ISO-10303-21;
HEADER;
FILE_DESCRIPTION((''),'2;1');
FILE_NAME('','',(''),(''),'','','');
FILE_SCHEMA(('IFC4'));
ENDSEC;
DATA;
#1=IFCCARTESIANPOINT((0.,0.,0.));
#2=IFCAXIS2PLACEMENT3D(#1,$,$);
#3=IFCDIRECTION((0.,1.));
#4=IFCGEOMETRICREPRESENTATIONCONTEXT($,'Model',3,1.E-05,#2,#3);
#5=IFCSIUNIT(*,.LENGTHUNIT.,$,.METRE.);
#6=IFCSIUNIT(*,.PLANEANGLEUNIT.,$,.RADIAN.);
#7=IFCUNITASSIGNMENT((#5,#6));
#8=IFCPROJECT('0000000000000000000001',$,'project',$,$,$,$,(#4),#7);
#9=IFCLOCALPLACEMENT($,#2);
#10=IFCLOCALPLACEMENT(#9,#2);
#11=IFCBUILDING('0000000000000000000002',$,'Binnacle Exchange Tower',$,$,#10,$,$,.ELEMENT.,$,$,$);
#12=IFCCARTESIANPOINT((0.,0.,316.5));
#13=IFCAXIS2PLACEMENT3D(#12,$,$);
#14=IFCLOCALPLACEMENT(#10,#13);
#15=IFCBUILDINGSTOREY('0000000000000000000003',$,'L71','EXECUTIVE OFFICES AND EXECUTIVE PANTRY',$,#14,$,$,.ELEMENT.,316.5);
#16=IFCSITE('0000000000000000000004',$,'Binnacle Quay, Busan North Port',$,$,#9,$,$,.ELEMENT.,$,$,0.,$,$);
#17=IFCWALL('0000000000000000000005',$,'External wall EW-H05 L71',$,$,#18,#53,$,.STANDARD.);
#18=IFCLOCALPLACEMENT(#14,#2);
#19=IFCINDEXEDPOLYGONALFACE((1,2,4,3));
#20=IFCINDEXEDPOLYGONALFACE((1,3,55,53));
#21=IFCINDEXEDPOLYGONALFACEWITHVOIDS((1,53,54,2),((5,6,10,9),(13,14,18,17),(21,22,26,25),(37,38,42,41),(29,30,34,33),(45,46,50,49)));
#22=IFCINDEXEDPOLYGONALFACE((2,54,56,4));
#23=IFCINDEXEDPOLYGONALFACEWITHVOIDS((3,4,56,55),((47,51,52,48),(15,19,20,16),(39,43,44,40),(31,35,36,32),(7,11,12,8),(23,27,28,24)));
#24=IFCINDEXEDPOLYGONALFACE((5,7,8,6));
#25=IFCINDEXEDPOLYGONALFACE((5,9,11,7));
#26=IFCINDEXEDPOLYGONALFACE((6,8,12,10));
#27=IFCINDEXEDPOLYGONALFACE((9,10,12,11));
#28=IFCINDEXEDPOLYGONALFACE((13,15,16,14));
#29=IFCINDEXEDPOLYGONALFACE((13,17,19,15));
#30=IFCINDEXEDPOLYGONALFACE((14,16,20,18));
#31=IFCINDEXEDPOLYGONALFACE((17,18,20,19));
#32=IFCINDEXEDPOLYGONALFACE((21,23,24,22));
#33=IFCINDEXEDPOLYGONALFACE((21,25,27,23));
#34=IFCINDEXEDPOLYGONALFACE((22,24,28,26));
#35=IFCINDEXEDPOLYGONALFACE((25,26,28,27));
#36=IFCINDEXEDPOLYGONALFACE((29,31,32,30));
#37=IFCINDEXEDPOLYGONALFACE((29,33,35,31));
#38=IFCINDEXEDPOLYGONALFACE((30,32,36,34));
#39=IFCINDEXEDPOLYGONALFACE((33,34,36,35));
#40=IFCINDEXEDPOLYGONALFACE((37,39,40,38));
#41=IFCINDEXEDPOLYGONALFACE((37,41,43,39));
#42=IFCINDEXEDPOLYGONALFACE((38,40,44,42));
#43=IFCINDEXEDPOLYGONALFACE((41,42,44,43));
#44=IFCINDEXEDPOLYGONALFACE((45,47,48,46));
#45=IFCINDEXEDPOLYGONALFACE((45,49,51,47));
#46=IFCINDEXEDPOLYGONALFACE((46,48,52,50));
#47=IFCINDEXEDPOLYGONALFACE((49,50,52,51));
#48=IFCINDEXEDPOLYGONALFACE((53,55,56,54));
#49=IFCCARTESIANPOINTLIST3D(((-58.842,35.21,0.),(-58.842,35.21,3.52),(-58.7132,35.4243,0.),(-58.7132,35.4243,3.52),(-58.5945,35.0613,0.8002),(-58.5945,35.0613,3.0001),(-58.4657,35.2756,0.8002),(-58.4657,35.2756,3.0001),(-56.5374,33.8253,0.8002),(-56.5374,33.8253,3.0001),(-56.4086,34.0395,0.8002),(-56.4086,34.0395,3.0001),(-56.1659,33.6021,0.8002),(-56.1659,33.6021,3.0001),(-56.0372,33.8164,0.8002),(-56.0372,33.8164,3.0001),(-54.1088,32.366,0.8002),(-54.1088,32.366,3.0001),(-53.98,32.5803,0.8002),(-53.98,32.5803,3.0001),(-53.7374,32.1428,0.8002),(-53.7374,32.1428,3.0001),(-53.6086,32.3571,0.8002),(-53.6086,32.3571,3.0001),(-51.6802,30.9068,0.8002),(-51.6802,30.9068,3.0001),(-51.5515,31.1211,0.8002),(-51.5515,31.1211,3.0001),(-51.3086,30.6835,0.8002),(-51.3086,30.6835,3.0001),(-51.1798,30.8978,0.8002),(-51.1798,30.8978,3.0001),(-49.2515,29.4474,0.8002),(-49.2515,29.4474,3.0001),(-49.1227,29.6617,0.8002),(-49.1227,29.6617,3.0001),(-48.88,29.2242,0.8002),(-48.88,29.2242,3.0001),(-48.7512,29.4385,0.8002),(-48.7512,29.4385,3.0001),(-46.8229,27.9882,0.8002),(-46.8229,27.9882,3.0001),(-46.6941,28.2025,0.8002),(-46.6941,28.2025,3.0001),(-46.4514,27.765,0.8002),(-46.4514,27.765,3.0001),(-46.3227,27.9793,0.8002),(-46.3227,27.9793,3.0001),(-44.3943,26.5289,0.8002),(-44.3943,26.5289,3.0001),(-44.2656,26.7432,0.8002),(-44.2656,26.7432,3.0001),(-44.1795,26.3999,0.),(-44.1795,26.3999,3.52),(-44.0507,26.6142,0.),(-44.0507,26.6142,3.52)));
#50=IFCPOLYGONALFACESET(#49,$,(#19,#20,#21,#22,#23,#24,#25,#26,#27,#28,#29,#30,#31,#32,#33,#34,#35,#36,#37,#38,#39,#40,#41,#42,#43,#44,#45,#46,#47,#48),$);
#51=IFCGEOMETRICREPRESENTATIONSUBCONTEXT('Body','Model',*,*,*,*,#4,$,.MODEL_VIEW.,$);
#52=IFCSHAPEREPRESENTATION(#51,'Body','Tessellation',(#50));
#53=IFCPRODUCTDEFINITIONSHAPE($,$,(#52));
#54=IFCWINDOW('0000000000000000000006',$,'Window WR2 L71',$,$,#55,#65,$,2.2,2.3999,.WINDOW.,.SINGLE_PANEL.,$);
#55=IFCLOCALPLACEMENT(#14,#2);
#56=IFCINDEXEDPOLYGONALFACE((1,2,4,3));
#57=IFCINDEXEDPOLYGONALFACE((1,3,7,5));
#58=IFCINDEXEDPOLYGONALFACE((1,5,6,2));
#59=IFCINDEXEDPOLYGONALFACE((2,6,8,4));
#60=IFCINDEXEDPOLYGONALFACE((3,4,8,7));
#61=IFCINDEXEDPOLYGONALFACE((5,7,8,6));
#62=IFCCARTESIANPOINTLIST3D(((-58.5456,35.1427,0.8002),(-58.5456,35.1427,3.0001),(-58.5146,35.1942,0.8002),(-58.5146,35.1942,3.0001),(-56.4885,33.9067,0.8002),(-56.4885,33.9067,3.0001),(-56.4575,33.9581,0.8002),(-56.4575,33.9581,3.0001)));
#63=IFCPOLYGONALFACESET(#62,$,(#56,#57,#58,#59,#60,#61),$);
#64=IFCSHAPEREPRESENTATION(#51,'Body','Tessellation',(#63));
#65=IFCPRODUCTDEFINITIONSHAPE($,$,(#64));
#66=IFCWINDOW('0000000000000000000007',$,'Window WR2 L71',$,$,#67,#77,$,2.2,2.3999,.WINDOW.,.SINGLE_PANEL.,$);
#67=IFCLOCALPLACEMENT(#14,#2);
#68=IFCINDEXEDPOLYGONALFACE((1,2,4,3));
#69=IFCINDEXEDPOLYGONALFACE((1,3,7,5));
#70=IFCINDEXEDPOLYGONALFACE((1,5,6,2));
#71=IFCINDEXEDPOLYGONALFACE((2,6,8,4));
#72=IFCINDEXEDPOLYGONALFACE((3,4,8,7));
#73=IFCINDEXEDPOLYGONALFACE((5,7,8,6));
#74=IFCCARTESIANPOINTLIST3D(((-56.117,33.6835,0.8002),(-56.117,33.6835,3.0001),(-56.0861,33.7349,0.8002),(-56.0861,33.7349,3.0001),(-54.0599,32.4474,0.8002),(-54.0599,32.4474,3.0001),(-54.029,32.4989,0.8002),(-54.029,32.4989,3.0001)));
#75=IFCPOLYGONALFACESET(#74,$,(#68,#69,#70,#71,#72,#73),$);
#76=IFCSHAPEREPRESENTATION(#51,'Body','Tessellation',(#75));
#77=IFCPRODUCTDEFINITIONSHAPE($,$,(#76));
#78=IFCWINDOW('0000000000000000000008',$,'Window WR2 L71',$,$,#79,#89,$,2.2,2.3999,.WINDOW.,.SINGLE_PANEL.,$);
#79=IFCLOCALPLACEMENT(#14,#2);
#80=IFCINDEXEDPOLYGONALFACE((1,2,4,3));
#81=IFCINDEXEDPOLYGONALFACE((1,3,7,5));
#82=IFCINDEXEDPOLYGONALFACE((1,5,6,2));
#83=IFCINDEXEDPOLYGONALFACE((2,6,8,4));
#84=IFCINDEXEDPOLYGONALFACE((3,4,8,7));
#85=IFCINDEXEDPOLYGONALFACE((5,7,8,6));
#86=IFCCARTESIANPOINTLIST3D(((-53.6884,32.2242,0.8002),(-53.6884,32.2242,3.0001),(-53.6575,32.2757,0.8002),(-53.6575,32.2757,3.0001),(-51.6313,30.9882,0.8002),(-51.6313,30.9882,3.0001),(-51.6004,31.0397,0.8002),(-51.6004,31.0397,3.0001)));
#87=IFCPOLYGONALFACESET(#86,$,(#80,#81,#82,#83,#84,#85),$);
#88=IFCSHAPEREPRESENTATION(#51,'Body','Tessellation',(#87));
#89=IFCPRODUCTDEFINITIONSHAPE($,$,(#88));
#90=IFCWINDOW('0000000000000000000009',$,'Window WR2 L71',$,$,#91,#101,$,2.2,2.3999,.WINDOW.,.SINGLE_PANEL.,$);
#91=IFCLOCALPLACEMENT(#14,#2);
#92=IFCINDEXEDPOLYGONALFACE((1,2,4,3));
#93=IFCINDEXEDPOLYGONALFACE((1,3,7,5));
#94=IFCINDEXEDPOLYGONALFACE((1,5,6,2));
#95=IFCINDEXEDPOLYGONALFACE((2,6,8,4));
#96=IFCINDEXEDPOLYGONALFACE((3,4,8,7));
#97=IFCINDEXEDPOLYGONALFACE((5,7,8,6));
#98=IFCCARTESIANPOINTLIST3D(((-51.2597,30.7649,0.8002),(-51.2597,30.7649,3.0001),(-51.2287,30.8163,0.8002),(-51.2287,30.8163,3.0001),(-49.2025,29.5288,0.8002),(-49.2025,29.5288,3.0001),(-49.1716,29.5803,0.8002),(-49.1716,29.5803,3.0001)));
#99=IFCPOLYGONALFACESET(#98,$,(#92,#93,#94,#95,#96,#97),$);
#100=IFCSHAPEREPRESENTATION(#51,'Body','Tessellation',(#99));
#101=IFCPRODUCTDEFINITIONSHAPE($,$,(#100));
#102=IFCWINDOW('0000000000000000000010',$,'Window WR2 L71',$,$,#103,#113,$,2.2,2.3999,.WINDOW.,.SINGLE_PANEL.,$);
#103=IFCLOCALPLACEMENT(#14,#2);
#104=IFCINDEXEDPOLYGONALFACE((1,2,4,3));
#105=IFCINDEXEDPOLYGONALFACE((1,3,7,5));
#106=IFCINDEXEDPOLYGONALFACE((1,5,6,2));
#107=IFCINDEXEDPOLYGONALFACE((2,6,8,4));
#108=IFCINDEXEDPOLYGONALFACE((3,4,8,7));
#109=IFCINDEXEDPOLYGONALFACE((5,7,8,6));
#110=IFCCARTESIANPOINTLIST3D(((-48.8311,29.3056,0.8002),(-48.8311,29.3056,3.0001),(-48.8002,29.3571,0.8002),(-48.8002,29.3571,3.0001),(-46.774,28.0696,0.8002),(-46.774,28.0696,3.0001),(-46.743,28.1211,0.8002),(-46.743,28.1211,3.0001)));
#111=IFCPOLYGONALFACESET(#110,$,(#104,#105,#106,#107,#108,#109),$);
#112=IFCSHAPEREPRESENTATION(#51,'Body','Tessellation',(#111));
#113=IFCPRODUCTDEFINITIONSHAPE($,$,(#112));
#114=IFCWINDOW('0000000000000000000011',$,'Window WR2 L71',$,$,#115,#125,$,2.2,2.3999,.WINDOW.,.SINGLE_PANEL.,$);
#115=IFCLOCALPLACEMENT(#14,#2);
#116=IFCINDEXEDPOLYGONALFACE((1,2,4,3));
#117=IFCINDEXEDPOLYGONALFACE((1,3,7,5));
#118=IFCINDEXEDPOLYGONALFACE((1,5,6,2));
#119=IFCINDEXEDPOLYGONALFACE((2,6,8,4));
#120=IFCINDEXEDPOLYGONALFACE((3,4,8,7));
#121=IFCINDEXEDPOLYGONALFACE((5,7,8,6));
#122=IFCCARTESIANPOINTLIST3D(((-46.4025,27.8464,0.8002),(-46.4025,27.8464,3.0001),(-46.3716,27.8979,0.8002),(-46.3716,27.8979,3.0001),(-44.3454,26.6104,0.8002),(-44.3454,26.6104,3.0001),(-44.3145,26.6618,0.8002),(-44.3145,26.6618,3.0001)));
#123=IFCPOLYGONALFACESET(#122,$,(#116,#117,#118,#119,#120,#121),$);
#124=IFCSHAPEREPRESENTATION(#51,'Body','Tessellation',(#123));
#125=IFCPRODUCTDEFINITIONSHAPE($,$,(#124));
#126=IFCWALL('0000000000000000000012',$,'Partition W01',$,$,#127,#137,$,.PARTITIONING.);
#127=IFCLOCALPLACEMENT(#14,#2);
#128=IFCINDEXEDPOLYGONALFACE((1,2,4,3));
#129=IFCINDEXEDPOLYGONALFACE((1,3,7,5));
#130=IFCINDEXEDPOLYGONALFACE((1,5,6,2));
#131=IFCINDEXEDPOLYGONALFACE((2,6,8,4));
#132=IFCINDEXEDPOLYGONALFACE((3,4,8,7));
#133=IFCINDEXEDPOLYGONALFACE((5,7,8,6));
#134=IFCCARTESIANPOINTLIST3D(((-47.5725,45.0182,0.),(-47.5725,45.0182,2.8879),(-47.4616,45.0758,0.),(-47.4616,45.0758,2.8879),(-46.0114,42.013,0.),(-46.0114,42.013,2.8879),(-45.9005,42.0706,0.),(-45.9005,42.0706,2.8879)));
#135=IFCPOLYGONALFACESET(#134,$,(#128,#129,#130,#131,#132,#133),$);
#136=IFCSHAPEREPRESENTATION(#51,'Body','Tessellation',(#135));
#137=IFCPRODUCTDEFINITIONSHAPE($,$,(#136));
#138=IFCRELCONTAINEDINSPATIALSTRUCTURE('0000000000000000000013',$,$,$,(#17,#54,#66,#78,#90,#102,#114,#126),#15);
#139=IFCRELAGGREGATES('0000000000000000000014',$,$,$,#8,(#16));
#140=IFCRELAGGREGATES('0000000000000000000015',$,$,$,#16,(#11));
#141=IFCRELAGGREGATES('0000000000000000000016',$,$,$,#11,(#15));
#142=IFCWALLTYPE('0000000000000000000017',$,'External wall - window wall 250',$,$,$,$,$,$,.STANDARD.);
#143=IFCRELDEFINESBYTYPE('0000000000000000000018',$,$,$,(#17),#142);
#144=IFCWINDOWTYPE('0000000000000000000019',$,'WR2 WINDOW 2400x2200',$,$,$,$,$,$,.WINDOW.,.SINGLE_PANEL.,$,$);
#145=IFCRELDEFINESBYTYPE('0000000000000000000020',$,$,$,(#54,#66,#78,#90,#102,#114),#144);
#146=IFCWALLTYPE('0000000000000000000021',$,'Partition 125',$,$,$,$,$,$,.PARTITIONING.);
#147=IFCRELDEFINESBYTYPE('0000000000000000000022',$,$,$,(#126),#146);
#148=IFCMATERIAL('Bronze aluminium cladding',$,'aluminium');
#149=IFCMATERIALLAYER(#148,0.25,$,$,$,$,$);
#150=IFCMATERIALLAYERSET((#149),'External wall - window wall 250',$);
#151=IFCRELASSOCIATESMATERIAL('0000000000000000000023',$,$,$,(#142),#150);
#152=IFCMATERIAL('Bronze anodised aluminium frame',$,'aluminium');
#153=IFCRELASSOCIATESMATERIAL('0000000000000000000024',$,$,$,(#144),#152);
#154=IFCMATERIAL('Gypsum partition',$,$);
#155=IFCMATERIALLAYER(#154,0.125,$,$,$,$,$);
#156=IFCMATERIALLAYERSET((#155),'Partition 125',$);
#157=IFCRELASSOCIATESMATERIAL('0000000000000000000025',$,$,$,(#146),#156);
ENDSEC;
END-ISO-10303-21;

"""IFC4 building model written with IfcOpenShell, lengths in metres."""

from ifc_helpers import new_model, si_unit, direction, frame, frame_2d, origin, place, context, subcontext, project, spatial, rectangle, extrude, material, layer, layer_set, type_object, element, fill, save


model = new_model("IFC4")

# Units and contexts
model_context = context("Model", 3, precision=1e-05, world=origin(), true_north=direction((0.0, 1.0)))
body_context = subcontext(model_context, "Body", "Model", "MODEL_VIEW")
ifc_project = project(units=[si_unit("LENGTHUNIT", "METRE"), si_unit("PLANEANGLEUNIT", "RADIAN")], contexts=[model_context])

# Site, building, storey
site_placement = place(None, origin())
site = spatial("IfcSite", under=ifc_project, at=site_placement, Name="Binnacle Quay, Busan North Port", CompositionType="ELEMENT", RefElevation=0.0)
building_placement = place(site_placement, origin())
building = spatial("IfcBuilding", under=site, at=building_placement, Name="Binnacle Exchange Tower", CompositionType="ELEMENT")
storey_placement = place(building_placement, frame((0.0, 0.0, 316.5)))
storey = spatial("IfcBuildingStorey", under=building, at=storey_placement, Name="L71", Description="EXECUTIVE OFFICES AND EXECUTIVE PANTRY", CompositionType="ELEMENT", Elevation=316.5)

# Shared definitions
ifc_material_1 = material(Name="Bronze anodised aluminium frame", Category="aluminium")

# Shared definitions
ifc_material_2 = material(Name="Bronze aluminium cladding", Category="aluminium")
ifc_layer_1 = layer(ifc_material_2, 0.25)
ifc_layer_set_1 = layer_set([ifc_layer_1], Name="External wall - window wall 250")
wall_type_1 = type_object("IfcWallType", Name="External wall - window wall 250", PredefinedType="STANDARD", material=ifc_layer_set_1)

# Wall, openings, windows
wall_1_placement = place(storey_placement, frame((-44.1152, 26.5071, 0.0), z_axis=(0.0, 0.0, 1.0), x_axis=(-0.857167, 0.515039, 0.0)))
wall_1 = element("IfcWall", 1, at=wall_1_placement, inside=storey, type_object=wall_type_1, Name="External wall EW-H05 L71", PredefinedType="STANDARD", context=body_context, shape_type="SweptSolid", body=[
    extrude(rectangle(XDim=17.1057, YDim=0.25, at=frame_2d((8.5527, 0.0))), origin(), (0.0, 0.0, 1.0), 3.52),
])
opening_1_placement = place(wall_1_placement, frame((14.417, 0.0, 0.8)))
opening_1 = element("IfcOpeningElement", 2, at=opening_1_placement, cuts=wall_1, PredefinedType="OPENING", context=body_context, shape_type="SweptSolid", body=[
    extrude(rectangle(XDim=2.3999, YDim=2.2, at=frame_2d((1.2, 1.1001))), frame((0.0, 0.135, 0.0), z_axis=(0.0, -1.0, 0.0), x_axis=(1.0, 0.0, 0.0)), (0.0, 0.0, 1.0), 0.27),
])
opening_2_placement = place(wall_1_placement, frame((11.5837, 0.0, 0.8)))
opening_2 = element("IfcOpeningElement", 3, at=opening_2_placement, cuts=wall_1, PredefinedType="OPENING", context=body_context, shape_type="SweptSolid", body=[
    extrude(rectangle(XDim=2.3999, YDim=2.2, at=frame_2d((1.2, 1.1001))), frame((0.0, 0.135, 0.0), z_axis=(0.0, -1.0, 0.0), x_axis=(1.0, 0.0, 0.0)), (0.0, 0.0, 1.0), 0.27),
])
opening_3_placement = place(wall_1_placement, frame((8.7505, 0.0, 0.8)))
opening_3 = element("IfcOpeningElement", 4, at=opening_3_placement, cuts=wall_1, PredefinedType="OPENING", context=body_context, shape_type="SweptSolid", body=[
    extrude(rectangle(XDim=2.3999, YDim=2.2, at=frame_2d((1.2, 1.1001))), frame((0.0, 0.135, 0.0), z_axis=(0.0, -1.0, 0.0), x_axis=(1.0, 0.0, 0.0)), (0.0, 0.0, 1.0), 0.27),
])
opening_4_placement = place(wall_1_placement, frame((5.917, 0.0, 0.8)))
opening_4 = element("IfcOpeningElement", 5, at=opening_4_placement, cuts=wall_1, PredefinedType="OPENING", context=body_context, shape_type="SweptSolid", body=[
    extrude(rectangle(XDim=2.3999, YDim=2.2, at=frame_2d((1.2, 1.1001))), frame((0.0, 0.135, 0.0), z_axis=(0.0, -1.0, 0.0), x_axis=(1.0, 0.0, 0.0)), (0.0, 0.0, 1.0), 0.27),
])
opening_5_placement = place(wall_1_placement, frame((3.0837, 0.0, 0.8)))
opening_5 = element("IfcOpeningElement", 6, at=opening_5_placement, cuts=wall_1, PredefinedType="OPENING", context=body_context, shape_type="SweptSolid", body=[
    extrude(rectangle(XDim=2.3999, YDim=2.2, at=frame_2d((1.2, 1.1001))), frame((0.0, 0.135, 0.0), z_axis=(0.0, -1.0, 0.0), x_axis=(1.0, 0.0, 0.0)), (0.0, 0.0, 1.0), 0.27),
])
opening_6_placement = place(wall_1_placement, frame((0.2505, 0.0, 0.8)))
opening_6 = element("IfcOpeningElement", 7, at=opening_6_placement, cuts=wall_1, PredefinedType="OPENING", context=body_context, shape_type="SweptSolid", body=[
    extrude(rectangle(XDim=2.3999, YDim=2.2, at=frame_2d((1.2, 1.1001))), frame((0.0, 0.135, 0.0), z_axis=(0.0, -1.0, 0.0), x_axis=(1.0, 0.0, 0.0)), (0.0, 0.0, 1.0), 0.27),
])
window_type = type_object("IfcWindowType", Name="WR2 WINDOW 2400x2200", PartitioningType="SINGLE_PANEL", PredefinedType="WINDOW", material=ifc_material_1)
window_1_placement = place(opening_1_placement, origin())
window_1 = element("IfcWindow", 8, at=window_1_placement, inside=storey, type_object=window_type, Name="Window WR2 L71", OverallHeight=2.2, OverallWidth=2.3999, PartitioningType="SINGLE_PANEL", PredefinedType="WINDOW", context=body_context, shape_type="SweptSolid", body=[
    extrude(rectangle(XDim=2.3999, YDim=2.2, at=frame_2d((1.2, 1.1001))), frame((0.0, 0.03, 0.0), z_axis=(0.0, -1.0, 0.0), x_axis=(1.0, 0.0, 0.0)), (0.0, 0.0, 1.0), 0.0601),
])
fill(opening_1, window_1)
window_2_placement = place(opening_2_placement, origin())
window_2 = element("IfcWindow", 9, at=window_2_placement, inside=storey, type_object=window_type, Name="Window WR2 L71", OverallHeight=2.2, OverallWidth=2.3999, PartitioningType="SINGLE_PANEL", PredefinedType="WINDOW", context=body_context, shape_type="SweptSolid", body=[
    extrude(rectangle(XDim=2.3999, YDim=2.2, at=frame_2d((1.2, 1.1001))), frame((0.0, 0.03, 0.0), z_axis=(0.0, -1.0, 0.0), x_axis=(1.0, 0.0, 0.0)), (0.0, 0.0, 1.0), 0.0601),
])
fill(opening_2, window_2)
window_3_placement = place(opening_3_placement, origin())
window_3 = element("IfcWindow", 10, at=window_3_placement, inside=storey, type_object=window_type, Name="Window WR2 L71", OverallHeight=2.2, OverallWidth=2.3999, PartitioningType="SINGLE_PANEL", PredefinedType="WINDOW", context=body_context, shape_type="SweptSolid", body=[
    extrude(rectangle(XDim=2.3999, YDim=2.2, at=frame_2d((1.2, 1.1001))), frame((0.0, 0.03, 0.0), z_axis=(0.0, -1.0, 0.0), x_axis=(1.0, 0.0, 0.0)), (0.0, 0.0, 1.0), 0.0601),
])
fill(opening_3, window_3)
window_4_placement = place(opening_4_placement, origin())
window_4 = element("IfcWindow", 11, at=window_4_placement, inside=storey, type_object=window_type, Name="Window WR2 L71", OverallHeight=2.2, OverallWidth=2.3999, PartitioningType="SINGLE_PANEL", PredefinedType="WINDOW", context=body_context, shape_type="SweptSolid", body=[
    extrude(rectangle(XDim=2.3999, YDim=2.2, at=frame_2d((1.2, 1.1001))), frame((0.0, 0.03, 0.0), z_axis=(0.0, -1.0, 0.0), x_axis=(1.0, 0.0, 0.0)), (0.0, 0.0, 1.0), 0.0601),
])
fill(opening_4, window_4)
window_5_placement = place(opening_5_placement, origin())
window_5 = element("IfcWindow", 12, at=window_5_placement, inside=storey, type_object=window_type, Name="Window WR2 L71", OverallHeight=2.2, OverallWidth=2.3999, PartitioningType="SINGLE_PANEL", PredefinedType="WINDOW", context=body_context, shape_type="SweptSolid", body=[
    extrude(rectangle(XDim=2.3999, YDim=2.2, at=frame_2d((1.2, 1.1001))), frame((0.0, 0.03, 0.0), z_axis=(0.0, -1.0, 0.0), x_axis=(1.0, 0.0, 0.0)), (0.0, 0.0, 1.0), 0.0601),
])
fill(opening_5, window_5)
window_6_placement = place(opening_6_placement, origin())
window_6 = element("IfcWindow", 13, at=window_6_placement, inside=storey, type_object=window_type, Name="Window WR2 L71", OverallHeight=2.2, OverallWidth=2.3999, PartitioningType="SINGLE_PANEL", PredefinedType="WINDOW", context=body_context, shape_type="SweptSolid", body=[
    extrude(rectangle(XDim=2.3999, YDim=2.2, at=frame_2d((1.2, 1.1001))), frame((0.0, 0.03, 0.0), z_axis=(0.0, -1.0, 0.0), x_axis=(1.0, 0.0, 0.0)), (0.0, 0.0, 1.0), 0.0601),
])
fill(opening_6, window_6)

# Wall
ifc_material_3 = material(Name="Gypsum partition")
ifc_layer_2 = layer(ifc_material_3, 0.125)
ifc_layer_set_2 = layer_set([ifc_layer_2], Name="Partition 125")
wall_type_2 = type_object("IfcWallType", Name="Partition 125", PredefinedType="PARTITIONING", material=ifc_layer_set_2)
wall_2_placement = place(storey_placement, frame((-47.5171, 45.0471, 0.0), z_axis=(0.0, 0.0, 1.0), x_axis=(0.460974, -0.887414, 0.0)))
element("IfcWall", 14, at=wall_2_placement, inside=storey, type_object=wall_type_2, Name="Partition W01", PredefinedType="PARTITIONING", context=body_context, shape_type="SweptSolid", body=[
    extrude(rectangle(XDim=3.3865, YDim=0.125, at=frame_2d((1.6934, 0.0))), origin(), (0.0, 0.0, 1.0), 2.8879),
])

save(model, "model.ifc")
